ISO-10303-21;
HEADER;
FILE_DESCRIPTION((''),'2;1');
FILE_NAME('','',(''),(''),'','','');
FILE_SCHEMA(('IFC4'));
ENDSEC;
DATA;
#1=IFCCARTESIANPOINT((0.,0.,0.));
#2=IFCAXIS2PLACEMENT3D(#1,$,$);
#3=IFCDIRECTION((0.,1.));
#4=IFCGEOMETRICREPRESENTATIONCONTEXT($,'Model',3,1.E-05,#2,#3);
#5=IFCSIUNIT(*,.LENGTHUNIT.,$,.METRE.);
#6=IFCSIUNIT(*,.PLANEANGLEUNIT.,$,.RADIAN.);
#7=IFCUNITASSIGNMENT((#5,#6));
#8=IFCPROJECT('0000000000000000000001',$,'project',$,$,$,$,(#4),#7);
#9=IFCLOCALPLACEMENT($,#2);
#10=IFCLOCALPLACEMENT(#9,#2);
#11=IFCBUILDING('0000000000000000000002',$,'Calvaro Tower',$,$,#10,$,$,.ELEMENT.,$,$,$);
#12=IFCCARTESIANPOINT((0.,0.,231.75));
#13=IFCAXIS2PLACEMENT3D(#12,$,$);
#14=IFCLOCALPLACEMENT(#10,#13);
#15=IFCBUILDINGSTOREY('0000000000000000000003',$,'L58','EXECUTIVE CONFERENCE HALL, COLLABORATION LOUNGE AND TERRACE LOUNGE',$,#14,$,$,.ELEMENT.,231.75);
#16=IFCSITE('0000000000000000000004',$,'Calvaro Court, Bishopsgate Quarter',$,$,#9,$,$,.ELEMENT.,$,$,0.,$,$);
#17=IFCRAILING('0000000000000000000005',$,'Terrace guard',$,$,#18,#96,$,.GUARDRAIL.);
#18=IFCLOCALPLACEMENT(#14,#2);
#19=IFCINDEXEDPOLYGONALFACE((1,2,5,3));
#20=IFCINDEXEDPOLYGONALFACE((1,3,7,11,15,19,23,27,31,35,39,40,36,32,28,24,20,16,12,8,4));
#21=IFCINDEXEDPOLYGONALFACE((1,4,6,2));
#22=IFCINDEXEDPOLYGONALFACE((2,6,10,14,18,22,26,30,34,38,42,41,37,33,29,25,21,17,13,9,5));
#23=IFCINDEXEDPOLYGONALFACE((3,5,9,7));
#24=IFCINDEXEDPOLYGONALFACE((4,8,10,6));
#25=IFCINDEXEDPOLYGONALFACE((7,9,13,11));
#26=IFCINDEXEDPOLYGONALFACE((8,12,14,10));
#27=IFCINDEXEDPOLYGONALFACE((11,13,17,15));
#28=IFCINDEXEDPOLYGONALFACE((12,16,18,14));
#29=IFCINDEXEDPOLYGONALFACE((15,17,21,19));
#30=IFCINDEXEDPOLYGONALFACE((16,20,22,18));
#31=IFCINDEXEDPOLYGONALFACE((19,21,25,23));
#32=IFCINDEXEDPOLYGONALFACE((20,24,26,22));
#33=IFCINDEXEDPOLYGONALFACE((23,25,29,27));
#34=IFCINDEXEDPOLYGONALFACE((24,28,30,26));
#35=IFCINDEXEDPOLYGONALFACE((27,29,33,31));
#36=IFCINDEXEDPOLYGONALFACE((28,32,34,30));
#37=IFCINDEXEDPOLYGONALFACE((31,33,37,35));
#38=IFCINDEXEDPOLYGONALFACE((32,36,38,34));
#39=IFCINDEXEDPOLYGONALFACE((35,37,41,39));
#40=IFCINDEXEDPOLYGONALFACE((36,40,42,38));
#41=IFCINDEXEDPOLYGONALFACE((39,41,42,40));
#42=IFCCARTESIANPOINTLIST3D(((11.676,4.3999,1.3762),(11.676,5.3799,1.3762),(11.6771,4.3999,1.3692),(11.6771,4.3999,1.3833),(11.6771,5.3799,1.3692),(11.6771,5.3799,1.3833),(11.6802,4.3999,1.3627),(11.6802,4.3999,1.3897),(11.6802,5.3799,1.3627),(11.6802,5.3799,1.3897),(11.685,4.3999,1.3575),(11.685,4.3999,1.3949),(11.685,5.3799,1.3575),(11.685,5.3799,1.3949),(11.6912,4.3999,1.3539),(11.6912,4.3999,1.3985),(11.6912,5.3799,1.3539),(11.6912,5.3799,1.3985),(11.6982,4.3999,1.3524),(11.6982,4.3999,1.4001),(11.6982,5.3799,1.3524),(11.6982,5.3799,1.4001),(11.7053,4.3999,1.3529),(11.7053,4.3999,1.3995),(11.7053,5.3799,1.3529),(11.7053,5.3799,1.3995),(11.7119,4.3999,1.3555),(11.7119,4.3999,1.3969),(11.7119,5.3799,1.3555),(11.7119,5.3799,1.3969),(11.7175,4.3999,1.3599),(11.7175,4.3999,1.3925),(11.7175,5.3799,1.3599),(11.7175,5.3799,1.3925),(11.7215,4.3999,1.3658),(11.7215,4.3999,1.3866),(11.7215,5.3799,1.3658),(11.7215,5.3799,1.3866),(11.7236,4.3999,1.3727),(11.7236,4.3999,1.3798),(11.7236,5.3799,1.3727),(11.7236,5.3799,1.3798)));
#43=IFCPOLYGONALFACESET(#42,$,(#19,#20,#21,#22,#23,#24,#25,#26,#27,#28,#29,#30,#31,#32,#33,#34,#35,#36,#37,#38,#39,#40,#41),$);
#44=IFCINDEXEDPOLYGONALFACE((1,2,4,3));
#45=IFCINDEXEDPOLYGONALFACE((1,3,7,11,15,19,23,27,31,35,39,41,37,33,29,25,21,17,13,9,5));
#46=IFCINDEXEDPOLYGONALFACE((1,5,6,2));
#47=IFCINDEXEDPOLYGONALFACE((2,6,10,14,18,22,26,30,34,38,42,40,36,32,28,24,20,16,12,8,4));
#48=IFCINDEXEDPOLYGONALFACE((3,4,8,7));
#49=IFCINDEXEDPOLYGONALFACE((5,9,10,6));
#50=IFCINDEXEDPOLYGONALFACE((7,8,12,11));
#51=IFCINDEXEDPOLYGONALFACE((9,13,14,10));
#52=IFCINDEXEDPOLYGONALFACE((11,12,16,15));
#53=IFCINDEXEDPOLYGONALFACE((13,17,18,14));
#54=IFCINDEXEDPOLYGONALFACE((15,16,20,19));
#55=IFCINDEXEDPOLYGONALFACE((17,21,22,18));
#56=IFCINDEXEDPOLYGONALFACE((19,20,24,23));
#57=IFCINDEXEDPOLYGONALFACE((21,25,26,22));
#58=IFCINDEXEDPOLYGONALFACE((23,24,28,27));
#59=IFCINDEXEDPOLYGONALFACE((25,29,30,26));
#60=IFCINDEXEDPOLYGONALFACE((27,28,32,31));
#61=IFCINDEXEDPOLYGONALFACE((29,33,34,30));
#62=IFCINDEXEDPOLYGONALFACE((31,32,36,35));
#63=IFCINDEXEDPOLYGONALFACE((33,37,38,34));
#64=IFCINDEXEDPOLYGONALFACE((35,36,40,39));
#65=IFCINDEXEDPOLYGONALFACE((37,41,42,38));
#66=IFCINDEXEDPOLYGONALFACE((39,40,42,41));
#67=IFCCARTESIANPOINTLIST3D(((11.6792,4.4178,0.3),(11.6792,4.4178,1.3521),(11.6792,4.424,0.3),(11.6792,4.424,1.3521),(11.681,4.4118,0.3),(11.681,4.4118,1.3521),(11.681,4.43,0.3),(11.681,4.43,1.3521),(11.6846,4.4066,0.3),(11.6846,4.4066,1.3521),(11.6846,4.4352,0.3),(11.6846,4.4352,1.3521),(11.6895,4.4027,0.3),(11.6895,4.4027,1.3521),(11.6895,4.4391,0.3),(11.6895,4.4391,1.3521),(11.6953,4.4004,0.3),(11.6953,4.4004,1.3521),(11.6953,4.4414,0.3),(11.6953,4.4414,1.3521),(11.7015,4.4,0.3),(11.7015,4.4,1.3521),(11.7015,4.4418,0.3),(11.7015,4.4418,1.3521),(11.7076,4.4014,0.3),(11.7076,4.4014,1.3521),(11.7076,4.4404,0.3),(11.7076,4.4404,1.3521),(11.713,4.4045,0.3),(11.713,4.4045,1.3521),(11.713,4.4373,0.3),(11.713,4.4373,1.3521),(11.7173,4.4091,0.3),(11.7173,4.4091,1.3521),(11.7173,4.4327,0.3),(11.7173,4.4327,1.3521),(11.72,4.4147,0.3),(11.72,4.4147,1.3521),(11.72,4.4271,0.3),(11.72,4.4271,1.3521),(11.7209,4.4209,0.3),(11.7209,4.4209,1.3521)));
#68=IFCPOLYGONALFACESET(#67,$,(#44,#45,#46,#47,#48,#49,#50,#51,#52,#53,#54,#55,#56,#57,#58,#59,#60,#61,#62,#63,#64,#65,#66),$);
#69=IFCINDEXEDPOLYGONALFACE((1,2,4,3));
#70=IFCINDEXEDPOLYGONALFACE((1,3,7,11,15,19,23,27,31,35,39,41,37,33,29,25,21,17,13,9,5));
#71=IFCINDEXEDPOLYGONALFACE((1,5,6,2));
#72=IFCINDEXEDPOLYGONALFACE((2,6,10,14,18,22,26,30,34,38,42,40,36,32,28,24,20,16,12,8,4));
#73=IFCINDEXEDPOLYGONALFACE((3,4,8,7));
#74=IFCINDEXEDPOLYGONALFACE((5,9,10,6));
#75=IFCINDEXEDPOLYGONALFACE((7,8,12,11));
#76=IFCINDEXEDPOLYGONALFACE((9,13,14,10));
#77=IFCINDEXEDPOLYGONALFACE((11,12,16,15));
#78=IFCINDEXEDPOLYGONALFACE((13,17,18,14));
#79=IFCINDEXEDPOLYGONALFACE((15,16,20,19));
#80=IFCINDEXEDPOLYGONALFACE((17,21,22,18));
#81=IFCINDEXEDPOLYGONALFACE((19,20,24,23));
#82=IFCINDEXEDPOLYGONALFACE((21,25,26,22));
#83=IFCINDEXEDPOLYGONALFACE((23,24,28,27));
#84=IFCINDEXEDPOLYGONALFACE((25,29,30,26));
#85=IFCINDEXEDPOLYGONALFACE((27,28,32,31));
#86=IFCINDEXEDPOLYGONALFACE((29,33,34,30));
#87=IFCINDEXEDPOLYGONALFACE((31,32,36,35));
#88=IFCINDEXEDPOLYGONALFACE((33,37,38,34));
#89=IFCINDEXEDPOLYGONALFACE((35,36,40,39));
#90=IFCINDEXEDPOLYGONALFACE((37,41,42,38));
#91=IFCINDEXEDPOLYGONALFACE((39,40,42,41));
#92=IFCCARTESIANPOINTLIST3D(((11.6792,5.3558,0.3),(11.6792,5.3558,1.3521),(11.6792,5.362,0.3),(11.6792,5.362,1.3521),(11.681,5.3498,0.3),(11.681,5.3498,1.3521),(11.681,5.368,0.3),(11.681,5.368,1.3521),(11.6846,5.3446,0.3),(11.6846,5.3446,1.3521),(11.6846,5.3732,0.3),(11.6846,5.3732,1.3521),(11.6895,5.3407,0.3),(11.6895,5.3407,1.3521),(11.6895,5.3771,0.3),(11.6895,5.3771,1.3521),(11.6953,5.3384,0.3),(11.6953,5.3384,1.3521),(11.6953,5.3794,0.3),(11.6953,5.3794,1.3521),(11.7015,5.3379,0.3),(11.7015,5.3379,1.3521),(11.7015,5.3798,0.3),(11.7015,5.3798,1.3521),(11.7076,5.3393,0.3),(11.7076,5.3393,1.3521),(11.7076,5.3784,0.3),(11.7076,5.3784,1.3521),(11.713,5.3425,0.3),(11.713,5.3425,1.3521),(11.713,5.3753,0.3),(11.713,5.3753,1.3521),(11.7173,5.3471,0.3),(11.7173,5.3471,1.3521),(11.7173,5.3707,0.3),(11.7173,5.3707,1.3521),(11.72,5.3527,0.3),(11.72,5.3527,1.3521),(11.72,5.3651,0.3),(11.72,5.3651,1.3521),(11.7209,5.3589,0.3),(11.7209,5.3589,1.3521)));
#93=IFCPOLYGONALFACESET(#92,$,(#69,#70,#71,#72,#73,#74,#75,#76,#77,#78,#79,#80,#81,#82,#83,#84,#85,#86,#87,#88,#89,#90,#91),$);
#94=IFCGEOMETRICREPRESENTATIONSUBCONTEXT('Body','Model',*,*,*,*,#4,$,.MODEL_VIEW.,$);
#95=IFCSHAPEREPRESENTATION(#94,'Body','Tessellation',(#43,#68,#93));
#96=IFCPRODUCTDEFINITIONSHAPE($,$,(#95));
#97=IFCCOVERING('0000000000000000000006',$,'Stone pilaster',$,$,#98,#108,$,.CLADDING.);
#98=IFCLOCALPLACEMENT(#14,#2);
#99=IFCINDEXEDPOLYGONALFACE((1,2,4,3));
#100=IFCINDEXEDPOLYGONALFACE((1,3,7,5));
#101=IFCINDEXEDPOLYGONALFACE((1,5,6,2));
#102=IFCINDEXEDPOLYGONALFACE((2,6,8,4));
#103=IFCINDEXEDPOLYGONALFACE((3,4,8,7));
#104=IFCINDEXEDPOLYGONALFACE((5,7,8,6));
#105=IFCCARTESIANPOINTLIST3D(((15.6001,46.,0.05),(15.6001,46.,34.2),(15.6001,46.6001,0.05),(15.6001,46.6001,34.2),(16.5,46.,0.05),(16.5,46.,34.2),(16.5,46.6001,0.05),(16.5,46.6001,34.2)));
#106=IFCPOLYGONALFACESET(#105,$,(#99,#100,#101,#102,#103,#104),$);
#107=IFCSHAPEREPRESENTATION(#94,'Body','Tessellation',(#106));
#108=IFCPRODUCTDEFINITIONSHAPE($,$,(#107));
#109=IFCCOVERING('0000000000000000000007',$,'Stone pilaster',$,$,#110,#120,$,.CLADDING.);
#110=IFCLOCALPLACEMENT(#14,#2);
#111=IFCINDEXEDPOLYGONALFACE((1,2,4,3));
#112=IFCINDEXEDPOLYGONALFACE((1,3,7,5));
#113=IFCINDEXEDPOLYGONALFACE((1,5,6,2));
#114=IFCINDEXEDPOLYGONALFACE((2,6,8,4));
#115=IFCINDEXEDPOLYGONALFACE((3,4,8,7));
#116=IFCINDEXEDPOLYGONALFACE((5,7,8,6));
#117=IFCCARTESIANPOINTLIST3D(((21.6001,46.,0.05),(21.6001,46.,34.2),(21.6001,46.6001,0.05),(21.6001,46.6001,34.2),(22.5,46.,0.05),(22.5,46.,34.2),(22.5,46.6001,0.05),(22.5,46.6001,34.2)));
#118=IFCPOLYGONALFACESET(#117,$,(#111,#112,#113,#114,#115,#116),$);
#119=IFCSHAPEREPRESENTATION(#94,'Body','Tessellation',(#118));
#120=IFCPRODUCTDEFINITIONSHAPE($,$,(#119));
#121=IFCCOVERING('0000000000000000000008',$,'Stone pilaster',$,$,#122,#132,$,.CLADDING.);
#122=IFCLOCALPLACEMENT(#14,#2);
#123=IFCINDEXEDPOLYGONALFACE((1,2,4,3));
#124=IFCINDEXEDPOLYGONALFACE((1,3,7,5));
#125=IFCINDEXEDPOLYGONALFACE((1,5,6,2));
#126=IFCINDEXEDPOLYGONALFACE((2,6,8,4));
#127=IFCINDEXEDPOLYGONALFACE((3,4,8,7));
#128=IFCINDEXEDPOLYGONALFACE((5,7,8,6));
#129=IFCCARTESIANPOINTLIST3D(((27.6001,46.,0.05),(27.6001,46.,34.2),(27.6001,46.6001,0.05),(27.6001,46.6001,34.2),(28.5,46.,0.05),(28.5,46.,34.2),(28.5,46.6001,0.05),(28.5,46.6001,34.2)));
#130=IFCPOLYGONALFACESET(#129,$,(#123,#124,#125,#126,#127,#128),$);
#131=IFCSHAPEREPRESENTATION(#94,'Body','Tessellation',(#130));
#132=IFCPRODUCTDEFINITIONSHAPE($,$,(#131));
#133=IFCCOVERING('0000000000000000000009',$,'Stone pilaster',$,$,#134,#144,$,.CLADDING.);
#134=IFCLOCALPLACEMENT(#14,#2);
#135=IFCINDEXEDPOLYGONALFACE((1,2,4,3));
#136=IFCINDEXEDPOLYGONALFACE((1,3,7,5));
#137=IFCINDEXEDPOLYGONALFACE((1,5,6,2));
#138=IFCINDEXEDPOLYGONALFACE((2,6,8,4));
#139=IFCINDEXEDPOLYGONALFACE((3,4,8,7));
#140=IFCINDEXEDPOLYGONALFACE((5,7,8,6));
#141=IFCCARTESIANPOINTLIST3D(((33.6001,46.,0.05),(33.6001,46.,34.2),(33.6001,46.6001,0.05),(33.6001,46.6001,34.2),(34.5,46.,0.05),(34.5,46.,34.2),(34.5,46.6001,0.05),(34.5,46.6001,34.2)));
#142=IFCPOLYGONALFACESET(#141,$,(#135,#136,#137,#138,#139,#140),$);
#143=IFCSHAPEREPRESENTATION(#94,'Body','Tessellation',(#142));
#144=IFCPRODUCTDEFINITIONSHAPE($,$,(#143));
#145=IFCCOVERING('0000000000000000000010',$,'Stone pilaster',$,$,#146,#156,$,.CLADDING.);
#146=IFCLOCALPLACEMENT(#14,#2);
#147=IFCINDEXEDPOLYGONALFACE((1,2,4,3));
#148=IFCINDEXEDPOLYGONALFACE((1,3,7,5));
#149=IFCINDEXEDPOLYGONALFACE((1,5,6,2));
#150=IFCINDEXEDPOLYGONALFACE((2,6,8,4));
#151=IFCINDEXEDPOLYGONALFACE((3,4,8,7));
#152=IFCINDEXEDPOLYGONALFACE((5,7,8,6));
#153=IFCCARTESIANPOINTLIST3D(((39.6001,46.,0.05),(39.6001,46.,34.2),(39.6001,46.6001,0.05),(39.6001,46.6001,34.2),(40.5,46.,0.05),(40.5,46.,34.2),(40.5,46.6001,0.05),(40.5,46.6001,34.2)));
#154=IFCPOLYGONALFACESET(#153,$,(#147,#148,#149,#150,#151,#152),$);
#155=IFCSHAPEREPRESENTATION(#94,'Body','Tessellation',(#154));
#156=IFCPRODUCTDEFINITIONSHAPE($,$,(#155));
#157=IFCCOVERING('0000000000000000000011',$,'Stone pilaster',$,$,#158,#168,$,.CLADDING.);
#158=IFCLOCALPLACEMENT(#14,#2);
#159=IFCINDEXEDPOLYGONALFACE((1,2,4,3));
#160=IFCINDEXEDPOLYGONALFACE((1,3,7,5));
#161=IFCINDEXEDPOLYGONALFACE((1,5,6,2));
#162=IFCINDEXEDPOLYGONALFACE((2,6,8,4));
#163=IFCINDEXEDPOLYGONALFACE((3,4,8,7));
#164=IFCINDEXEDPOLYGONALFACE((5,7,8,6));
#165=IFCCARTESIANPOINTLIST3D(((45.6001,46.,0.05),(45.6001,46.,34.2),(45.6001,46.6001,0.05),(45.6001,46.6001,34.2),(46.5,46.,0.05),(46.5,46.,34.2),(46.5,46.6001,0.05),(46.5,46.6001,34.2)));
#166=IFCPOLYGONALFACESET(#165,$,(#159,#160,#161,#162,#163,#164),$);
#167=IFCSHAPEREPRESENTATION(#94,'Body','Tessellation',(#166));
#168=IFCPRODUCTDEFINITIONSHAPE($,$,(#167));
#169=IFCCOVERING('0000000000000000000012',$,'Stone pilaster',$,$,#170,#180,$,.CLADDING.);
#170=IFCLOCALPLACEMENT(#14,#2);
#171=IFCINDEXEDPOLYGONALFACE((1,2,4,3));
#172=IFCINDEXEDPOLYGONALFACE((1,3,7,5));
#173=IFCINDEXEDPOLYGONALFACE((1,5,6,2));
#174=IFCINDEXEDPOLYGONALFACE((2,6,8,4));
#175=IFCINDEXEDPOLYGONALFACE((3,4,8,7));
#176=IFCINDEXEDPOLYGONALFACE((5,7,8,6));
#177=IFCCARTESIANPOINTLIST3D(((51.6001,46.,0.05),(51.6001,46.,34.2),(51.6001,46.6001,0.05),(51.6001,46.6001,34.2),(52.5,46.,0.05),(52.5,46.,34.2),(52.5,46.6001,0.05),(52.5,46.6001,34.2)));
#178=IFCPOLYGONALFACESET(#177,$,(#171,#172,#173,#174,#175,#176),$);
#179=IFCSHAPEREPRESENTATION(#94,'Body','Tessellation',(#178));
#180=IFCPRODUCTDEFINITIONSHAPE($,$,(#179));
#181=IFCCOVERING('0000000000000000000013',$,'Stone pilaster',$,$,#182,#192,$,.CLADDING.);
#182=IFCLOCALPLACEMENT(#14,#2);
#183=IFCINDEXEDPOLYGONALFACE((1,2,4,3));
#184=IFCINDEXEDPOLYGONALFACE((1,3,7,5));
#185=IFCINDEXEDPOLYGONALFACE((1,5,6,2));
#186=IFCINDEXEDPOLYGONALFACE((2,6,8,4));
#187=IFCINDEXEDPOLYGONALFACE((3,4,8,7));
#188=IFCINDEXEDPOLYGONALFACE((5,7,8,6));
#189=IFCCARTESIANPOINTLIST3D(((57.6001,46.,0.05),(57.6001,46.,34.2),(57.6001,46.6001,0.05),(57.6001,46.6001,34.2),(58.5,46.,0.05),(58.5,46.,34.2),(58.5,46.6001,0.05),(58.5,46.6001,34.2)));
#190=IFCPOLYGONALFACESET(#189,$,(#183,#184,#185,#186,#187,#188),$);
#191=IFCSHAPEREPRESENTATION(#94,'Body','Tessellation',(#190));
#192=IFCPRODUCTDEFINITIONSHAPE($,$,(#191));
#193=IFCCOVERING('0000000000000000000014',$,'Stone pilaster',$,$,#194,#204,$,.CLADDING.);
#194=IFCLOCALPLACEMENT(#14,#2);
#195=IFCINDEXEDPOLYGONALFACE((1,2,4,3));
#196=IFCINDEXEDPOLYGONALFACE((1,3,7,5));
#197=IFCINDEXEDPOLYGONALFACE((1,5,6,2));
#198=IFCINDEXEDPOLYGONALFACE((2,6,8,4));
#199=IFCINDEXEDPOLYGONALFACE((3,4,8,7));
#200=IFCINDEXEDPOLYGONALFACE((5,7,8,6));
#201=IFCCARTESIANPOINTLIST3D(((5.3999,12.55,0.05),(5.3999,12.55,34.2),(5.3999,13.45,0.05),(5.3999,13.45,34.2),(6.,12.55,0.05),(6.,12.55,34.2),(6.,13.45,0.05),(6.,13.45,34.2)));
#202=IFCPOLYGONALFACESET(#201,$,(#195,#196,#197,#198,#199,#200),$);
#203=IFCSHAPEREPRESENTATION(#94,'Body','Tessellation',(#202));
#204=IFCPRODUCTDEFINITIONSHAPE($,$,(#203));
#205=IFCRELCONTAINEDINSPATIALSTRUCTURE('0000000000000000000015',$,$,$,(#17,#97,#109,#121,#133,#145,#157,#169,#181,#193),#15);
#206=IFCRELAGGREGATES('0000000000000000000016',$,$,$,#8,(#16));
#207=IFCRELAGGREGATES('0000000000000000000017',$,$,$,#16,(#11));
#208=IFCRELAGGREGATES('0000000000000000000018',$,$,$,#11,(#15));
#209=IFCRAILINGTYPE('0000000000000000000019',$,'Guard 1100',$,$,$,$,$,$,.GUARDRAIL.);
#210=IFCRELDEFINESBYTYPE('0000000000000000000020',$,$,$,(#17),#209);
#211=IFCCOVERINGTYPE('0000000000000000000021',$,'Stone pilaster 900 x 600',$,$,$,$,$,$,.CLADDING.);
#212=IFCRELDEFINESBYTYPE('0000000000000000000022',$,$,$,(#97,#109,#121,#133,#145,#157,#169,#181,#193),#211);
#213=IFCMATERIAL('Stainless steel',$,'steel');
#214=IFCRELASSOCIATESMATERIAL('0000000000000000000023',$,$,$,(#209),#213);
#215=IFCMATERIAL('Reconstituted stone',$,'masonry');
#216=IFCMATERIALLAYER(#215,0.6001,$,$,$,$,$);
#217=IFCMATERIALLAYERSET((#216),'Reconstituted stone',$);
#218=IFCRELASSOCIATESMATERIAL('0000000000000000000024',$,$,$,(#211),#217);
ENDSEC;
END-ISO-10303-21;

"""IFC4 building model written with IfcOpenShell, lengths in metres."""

from ifc_helpers import new_model, si_unit, direction, frame, origin, origin_2d, place, context, subcontext, project, spatial, polyline, circle, outline, extrude, material, layer, layer_set, type_object, element, save


model = new_model("IFC4")

# Units and contexts
model_context = context("Model", 3, precision=1e-05, world=origin(), true_north=direction((0.0, 1.0)))
body_context = subcontext(model_context, "Body", "Model", "MODEL_VIEW")
ifc_project = project(units=[si_unit("LENGTHUNIT", "METRE"), si_unit("PLANEANGLEUNIT", "RADIAN")], contexts=[model_context])

# Site, building, storey
site_placement = place(None, origin())
site = spatial("IfcSite", under=ifc_project, at=site_placement, Name="Calvaro Court, Bishopsgate Quarter", CompositionType="ELEMENT", RefElevation=0.0)
building_placement = place(site_placement, origin())
building = spatial("IfcBuilding", under=site, at=building_placement, Name="Calvaro Tower", CompositionType="ELEMENT")
storey_placement = place(building_placement, frame((0.0, 0.0, 231.75)))
storey = spatial("IfcBuildingStorey", under=building, at=storey_placement, Name="L58", Description="EXECUTIVE CONFERENCE HALL, COLLABORATION LOUNGE AND TERRACE LOUNGE", CompositionType="ELEMENT", Elevation=231.75)

# Railing
ifc_material_1 = material(Name="Stainless steel", Category="steel")
railing_type = type_object("IfcRailingType", Name="Guard 1100", PredefinedType="GUARDRAIL", material=ifc_material_1)
railing_1_placement = place(storey_placement, frame((11.7, 4.3999, 0.3)))
element("IfcRailing", 1, at=railing_1_placement, inside=storey, type_object=railing_type, Name="Terrace guard", PredefinedType="GUARDRAIL", context=body_context, shape_type="SweptSolid", body=[
    extrude(circle(Radius=0.0239, at=origin_2d()), frame((0.0, 0.0, 1.0762), z_axis=(0.0, 1.0, 0.0), x_axis=(-1.0, 0.0, 0.0)), (0.0, 0.0, 1.0), 0.98),
    extrude(circle(Radius=0.021, at=origin_2d()), frame((0.0, 0.021, 0.0)), (0.0, 0.0, 1.0), 1.052),
    extrude(circle(Radius=0.021, at=origin_2d()), frame((0.0, 0.959, 0.0)), (0.0, 0.0, 1.0), 1.052),
])

# Coverings
ifc_material_2 = material(Name="Reconstituted stone", Category="masonry")
ifc_layer_1 = layer(ifc_material_2, 0.6001)
ifc_layer_set_1 = layer_set([ifc_layer_1], Name="Reconstituted stone")
covering_type_1 = type_object("IfcCoveringType", Name="Stone pilaster 900 x 600", PredefinedType="CLADDING", material=ifc_layer_set_1)
covering_1_placement = place(storey_placement, frame((0.0, 0.0, 0.05)))
element("IfcCovering", 2, at=covering_1_placement, inside=storey, type_object=covering_type_1, Name="Stone pilaster", PredefinedType="CLADDING", context=body_context, shape_type="SweptSolid", body=[
    extrude(outline(polyline([(15.6001, 46.0), (16.5, 46.0), (16.5, 46.6001), (15.6001, 46.6001), (15.6001, 46.0)])), origin(), (0.0, 0.0, 1.0), 34.1499),
])
covering_2_placement = place(storey_placement, frame((0.0, 0.0, 0.05)))
element("IfcCovering", 3, at=covering_2_placement, inside=storey, type_object=covering_type_1, Name="Stone pilaster", PredefinedType="CLADDING", context=body_context, shape_type="SweptSolid", body=[
    extrude(outline(polyline([(21.6001, 46.0), (22.5, 46.0), (22.5, 46.6001), (21.6001, 46.6001), (21.6001, 46.0)])), origin(), (0.0, 0.0, 1.0), 34.1499),
])
covering_3_placement = place(storey_placement, frame((0.0, 0.0, 0.05)))
element("IfcCovering", 4, at=covering_3_placement, inside=storey, type_object=covering_type_1, Name="Stone pilaster", PredefinedType="CLADDING", context=body_context, shape_type="SweptSolid", body=[
    extrude(outline(polyline([(27.6001, 46.0), (28.5, 46.0), (28.5, 46.6001), (27.6001, 46.6001), (27.6001, 46.0)])), origin(), (0.0, 0.0, 1.0), 34.1499),
])
covering_4_placement = place(storey_placement, frame((0.0, 0.0, 0.05)))
element("IfcCovering", 5, at=covering_4_placement, inside=storey, type_object=covering_type_1, Name="Stone pilaster", PredefinedType="CLADDING", context=body_context, shape_type="SweptSolid", body=[
    extrude(outline(polyline([(33.6001, 46.0), (34.5, 46.0), (34.5, 46.6001), (33.6001, 46.6001), (33.6001, 46.0)])), origin(), (0.0, 0.0, 1.0), 34.1499),
])
covering_5_placement = place(storey_placement, frame((0.0, 0.0, 0.05)))
element("IfcCovering", 6, at=covering_5_placement, inside=storey, type_object=covering_type_1, Name="Stone pilaster", PredefinedType="CLADDING", context=body_context, shape_type="SweptSolid", body=[
    extrude(outline(polyline([(39.6001, 46.0), (40.5, 46.0), (40.5, 46.6001), (39.6001, 46.6001), (39.6001, 46.0)])), origin(), (0.0, 0.0, 1.0), 34.1499),
])
covering_6_placement = place(storey_placement, frame((0.0, 0.0, 0.05)))
element("IfcCovering", 7, at=covering_6_placement, inside=storey, type_object=covering_type_1, Name="Stone pilaster", PredefinedType="CLADDING", context=body_context, shape_type="SweptSolid", body=[
    extrude(outline(polyline([(45.6001, 46.0), (46.5, 46.0), (46.5, 46.6001), (45.6001, 46.6001), (45.6001, 46.0)])), origin(), (0.0, 0.0, 1.0), 34.1499),
])
covering_7_placement = place(storey_placement, frame((0.0, 0.0, 0.05)))
element("IfcCovering", 8, at=covering_7_placement, inside=storey, type_object=covering_type_1, Name="Stone pilaster", PredefinedType="CLADDING", context=body_context, shape_type="SweptSolid", body=[
    extrude(outline(polyline([(51.6001, 46.0), (52.5, 46.0), (52.5, 46.6001), (51.6001, 46.6001), (51.6001, 46.0)])), origin(), (0.0, 0.0, 1.0), 34.1499),
])
covering_8_placement = place(storey_placement, frame((0.0, 0.0, 0.05)))
element("IfcCovering", 9, at=covering_8_placement, inside=storey, type_object=covering_type_1, Name="Stone pilaster", PredefinedType="CLADDING", context=body_context, shape_type="SweptSolid", body=[
    extrude(outline(polyline([(57.6001, 46.0), (58.5, 46.0), (58.5, 46.6001), (57.6001, 46.6001), (57.6001, 46.0)])), origin(), (0.0, 0.0, 1.0), 34.1499),
])
covering_9_placement = place(storey_placement, frame((0.0, 0.0, 0.05)))
element("IfcCovering", 10, at=covering_9_placement, inside=storey, type_object=covering_type_1, Name="Stone pilaster", PredefinedType="CLADDING", context=body_context, shape_type="SweptSolid", body=[
    extrude(outline(polyline([(5.3999, 12.55), (6.0, 12.55), (6.0, 13.45), (5.3999, 13.45), (5.3999, 12.55)])), origin(), (0.0, 0.0, 1.0), 34.1499),
])

save(model, "model.ifc")
